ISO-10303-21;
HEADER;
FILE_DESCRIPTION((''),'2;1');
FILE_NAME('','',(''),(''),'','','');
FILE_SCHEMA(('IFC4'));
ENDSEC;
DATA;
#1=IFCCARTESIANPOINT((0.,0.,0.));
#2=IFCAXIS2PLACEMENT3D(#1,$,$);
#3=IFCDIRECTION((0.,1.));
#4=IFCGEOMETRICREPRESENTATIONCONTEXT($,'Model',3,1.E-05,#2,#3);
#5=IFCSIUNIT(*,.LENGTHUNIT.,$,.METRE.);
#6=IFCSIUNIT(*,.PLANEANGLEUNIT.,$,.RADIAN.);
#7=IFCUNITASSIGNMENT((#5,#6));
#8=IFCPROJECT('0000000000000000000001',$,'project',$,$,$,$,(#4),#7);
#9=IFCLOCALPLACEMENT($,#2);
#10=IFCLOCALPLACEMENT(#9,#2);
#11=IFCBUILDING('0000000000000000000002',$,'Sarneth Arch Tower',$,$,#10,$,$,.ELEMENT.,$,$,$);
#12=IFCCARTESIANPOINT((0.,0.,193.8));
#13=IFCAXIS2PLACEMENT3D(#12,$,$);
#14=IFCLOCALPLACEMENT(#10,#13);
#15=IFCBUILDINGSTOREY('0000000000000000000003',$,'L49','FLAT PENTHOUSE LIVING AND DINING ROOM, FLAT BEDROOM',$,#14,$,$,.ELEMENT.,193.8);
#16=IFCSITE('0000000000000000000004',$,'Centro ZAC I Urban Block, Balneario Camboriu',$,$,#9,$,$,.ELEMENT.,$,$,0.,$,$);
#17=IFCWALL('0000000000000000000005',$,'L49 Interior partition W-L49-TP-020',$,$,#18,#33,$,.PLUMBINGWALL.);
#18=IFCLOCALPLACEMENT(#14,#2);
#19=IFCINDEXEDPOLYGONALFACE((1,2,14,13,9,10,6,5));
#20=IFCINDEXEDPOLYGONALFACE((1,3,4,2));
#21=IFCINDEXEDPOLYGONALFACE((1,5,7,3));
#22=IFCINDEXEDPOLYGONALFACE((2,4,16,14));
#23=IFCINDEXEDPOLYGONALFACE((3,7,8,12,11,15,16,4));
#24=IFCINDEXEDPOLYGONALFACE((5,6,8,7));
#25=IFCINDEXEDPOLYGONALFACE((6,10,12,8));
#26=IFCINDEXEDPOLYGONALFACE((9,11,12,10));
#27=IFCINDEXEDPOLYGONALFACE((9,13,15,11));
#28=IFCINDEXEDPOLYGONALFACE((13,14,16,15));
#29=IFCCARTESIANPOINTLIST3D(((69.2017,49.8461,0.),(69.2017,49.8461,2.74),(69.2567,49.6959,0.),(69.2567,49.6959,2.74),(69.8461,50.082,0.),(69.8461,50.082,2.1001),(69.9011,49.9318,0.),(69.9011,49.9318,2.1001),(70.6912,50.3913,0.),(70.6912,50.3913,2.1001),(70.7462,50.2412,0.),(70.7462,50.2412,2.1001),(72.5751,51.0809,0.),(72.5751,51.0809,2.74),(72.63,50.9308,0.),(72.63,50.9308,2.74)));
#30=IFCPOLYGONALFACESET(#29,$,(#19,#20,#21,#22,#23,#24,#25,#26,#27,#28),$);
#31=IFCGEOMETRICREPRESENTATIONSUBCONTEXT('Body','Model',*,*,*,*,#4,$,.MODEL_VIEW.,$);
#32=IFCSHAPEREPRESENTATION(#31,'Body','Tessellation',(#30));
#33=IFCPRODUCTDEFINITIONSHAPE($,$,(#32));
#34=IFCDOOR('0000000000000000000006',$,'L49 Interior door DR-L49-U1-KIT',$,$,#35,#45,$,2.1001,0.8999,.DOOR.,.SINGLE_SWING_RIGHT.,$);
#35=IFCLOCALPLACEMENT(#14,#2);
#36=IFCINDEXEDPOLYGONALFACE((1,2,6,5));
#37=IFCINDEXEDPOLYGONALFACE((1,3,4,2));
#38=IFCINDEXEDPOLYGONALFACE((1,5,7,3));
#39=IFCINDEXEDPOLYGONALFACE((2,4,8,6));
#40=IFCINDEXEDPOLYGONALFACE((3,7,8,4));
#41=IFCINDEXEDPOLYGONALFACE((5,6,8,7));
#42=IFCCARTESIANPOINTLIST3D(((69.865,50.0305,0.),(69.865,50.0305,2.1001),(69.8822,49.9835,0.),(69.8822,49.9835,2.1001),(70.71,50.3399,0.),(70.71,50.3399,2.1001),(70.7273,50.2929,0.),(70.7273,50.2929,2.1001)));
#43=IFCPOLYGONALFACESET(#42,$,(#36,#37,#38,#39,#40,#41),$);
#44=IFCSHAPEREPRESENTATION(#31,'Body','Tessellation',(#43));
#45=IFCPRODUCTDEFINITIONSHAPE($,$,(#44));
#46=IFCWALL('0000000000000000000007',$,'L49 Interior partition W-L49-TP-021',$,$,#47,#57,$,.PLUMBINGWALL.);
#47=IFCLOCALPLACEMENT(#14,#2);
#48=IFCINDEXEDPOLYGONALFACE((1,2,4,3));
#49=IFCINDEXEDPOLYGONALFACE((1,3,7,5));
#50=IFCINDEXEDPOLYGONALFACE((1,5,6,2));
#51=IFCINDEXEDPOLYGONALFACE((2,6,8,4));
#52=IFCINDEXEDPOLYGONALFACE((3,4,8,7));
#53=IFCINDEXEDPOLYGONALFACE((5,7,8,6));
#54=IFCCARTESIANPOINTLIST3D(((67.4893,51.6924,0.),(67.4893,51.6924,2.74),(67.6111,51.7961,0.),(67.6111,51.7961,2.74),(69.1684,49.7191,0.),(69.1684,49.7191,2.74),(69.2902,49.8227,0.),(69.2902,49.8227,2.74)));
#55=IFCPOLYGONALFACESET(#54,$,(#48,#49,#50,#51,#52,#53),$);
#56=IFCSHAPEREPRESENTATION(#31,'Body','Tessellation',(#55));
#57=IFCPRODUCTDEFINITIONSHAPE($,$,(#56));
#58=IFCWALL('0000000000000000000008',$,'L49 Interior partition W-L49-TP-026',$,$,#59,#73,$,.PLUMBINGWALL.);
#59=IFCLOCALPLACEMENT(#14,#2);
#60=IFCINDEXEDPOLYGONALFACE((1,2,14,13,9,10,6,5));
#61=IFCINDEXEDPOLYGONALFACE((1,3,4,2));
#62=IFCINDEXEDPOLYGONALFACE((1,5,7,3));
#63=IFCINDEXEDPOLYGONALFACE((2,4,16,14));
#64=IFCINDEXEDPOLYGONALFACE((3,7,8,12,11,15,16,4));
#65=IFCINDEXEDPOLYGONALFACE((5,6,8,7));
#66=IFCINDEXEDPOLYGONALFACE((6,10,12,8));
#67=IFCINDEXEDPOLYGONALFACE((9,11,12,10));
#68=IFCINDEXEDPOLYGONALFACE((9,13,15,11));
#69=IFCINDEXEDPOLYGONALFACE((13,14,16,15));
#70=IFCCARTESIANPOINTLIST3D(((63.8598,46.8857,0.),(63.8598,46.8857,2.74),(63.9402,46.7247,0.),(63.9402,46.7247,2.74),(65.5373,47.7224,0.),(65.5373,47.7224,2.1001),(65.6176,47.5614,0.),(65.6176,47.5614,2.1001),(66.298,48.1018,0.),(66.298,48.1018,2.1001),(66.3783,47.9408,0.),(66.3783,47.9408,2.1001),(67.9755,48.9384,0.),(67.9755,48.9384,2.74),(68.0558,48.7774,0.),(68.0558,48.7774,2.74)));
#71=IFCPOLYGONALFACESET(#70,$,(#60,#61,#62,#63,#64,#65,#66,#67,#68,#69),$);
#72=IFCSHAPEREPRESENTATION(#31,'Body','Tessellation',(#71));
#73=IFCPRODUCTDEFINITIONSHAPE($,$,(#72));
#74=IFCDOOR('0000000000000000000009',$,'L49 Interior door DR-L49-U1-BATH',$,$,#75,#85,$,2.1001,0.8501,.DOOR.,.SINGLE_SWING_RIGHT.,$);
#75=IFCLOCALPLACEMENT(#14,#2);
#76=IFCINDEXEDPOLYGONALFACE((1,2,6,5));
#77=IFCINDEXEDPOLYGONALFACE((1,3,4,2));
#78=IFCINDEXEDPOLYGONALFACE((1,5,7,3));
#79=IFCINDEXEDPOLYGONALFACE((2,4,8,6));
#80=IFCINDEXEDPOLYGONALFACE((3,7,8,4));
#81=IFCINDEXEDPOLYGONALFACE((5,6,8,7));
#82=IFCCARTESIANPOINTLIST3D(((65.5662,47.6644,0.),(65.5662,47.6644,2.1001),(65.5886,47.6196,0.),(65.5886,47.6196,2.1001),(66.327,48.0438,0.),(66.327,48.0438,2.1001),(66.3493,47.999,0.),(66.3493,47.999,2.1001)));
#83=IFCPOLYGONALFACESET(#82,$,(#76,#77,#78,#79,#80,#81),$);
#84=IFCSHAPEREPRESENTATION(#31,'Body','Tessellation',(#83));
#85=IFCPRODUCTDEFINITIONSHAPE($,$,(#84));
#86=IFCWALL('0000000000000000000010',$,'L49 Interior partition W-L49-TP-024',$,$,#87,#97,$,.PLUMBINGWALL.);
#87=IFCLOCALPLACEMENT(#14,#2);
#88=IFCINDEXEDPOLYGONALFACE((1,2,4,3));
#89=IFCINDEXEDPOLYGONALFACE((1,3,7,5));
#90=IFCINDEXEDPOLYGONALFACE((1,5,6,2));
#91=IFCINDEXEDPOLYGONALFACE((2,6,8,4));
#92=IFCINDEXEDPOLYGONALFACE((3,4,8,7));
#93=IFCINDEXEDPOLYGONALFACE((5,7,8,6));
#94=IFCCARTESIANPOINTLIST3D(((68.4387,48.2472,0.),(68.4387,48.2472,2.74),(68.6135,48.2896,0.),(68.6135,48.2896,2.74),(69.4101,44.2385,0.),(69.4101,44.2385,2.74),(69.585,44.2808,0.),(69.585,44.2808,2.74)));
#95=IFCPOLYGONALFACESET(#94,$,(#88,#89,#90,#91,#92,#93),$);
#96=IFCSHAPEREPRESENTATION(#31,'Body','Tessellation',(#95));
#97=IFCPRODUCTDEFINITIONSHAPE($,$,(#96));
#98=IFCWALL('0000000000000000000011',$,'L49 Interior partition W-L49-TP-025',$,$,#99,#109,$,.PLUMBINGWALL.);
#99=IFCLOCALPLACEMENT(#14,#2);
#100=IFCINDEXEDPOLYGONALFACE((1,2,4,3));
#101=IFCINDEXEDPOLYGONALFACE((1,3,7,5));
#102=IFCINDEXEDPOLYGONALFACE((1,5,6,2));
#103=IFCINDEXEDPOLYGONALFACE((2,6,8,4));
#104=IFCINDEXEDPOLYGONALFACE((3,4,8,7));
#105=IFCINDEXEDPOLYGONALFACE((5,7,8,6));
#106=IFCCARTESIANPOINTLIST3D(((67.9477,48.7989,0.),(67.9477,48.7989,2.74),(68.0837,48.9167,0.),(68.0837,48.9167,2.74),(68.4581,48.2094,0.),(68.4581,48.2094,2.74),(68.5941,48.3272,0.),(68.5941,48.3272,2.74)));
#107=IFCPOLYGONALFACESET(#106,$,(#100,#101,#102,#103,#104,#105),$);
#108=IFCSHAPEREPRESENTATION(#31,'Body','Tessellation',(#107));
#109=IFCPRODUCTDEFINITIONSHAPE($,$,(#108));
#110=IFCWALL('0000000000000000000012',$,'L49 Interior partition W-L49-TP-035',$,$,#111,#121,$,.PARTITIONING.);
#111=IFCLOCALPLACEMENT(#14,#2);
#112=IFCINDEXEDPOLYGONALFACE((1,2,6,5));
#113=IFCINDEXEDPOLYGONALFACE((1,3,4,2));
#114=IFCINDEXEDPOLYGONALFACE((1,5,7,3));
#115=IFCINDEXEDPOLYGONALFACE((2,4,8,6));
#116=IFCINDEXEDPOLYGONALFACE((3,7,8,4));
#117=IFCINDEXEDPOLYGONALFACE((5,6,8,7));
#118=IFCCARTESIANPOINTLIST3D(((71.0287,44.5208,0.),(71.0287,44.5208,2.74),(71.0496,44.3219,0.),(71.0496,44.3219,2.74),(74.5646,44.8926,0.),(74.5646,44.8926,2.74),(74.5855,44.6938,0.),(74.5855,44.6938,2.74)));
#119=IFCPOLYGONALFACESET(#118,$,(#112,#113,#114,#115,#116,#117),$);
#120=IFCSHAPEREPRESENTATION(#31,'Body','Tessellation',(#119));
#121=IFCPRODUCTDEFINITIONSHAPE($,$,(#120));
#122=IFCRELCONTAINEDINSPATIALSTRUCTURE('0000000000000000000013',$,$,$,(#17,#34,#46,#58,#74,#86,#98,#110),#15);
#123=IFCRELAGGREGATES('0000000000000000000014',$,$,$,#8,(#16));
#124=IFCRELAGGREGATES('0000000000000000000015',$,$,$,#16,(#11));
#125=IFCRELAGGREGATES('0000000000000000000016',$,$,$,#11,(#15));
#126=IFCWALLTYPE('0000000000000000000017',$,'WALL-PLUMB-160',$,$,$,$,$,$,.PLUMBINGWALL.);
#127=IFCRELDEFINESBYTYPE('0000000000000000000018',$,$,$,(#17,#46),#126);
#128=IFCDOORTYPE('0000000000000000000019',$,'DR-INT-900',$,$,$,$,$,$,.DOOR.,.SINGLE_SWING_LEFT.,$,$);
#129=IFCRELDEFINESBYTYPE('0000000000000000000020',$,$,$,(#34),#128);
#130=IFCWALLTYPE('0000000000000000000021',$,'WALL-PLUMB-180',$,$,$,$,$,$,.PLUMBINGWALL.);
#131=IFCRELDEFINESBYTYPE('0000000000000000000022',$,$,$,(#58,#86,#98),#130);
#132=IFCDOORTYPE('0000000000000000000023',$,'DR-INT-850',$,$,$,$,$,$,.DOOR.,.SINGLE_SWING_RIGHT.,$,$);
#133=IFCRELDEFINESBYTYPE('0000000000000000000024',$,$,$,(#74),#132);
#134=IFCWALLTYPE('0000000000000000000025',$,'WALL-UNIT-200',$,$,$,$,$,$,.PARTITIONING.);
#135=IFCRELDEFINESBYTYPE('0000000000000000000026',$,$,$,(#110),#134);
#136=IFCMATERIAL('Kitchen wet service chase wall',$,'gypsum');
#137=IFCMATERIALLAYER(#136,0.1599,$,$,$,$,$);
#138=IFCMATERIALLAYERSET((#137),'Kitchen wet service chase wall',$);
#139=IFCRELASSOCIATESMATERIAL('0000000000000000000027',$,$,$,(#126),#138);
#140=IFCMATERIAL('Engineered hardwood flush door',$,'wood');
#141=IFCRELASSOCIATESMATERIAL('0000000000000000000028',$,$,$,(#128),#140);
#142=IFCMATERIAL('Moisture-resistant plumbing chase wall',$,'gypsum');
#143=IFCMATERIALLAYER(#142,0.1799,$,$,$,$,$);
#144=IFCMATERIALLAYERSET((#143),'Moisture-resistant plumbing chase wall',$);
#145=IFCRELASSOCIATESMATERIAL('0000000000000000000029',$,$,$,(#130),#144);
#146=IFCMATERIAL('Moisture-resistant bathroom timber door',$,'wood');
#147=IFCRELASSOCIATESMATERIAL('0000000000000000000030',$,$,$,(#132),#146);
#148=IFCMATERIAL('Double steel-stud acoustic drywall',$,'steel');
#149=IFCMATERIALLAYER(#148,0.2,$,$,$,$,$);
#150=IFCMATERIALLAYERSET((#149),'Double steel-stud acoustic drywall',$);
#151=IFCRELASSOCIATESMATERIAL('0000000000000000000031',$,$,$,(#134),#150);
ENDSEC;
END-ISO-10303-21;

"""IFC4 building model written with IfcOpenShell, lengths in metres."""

from ifc_helpers import new_model, si_unit, direction, frame, frame_2d, origin, place, context, subcontext, project, spatial, rectangle, extrude, material, layer, layer_set, type_object, element, fill, save


model = new_model("IFC4")

# Units and contexts
model_context = context("Model", 3, precision=1e-05, world=origin(), true_north=direction((0.0, 1.0)))
body_context = subcontext(model_context, "Body", "Model", "MODEL_VIEW")
ifc_project = project(units=[si_unit("LENGTHUNIT", "METRE"), si_unit("PLANEANGLEUNIT", "RADIAN")], contexts=[model_context])

# Site, building, storey
site_placement = place(None, origin())
site = spatial("IfcSite", under=ifc_project, at=site_placement, Name="Centro ZAC I Urban Block, Balneario Camboriu", CompositionType="ELEMENT", RefElevation=0.0)
building_placement = place(site_placement, origin())
building = spatial("IfcBuilding", under=site, at=building_placement, Name="Sarneth Arch Tower", CompositionType="ELEMENT")
storey_placement = place(building_placement, frame((0.0, 0.0, 193.8)))
storey = spatial("IfcBuildingStorey", under=building, at=storey_placement, Name="L49", Description="FLAT PENTHOUSE LIVING AND DINING ROOM, FLAT BEDROOM", CompositionType="ELEMENT", Elevation=193.8)

# Wall, opening, door
ifc_material_1 = material(Name="Kitchen wet service chase wall", Category="gypsum")
ifc_layer_1 = layer(ifc_material_1, 0.1599)
ifc_layer_set_1 = layer_set([ifc_layer_1], Name="Kitchen wet service chase wall")
wall_type_1 = type_object("IfcWallType", Name="WALL-PLUMB-160", PredefinedType="PLUMBINGWALL", material=ifc_layer_set_1)
wall_1_placement = place(storey_placement, frame((72.6025, 51.0059, 0.0), z_axis=(0.0, 0.0, 1.0), x_axis=(-0.939057, -0.343761, 0.0)))
wall_1 = element("IfcWall", 1, at=wall_1_placement, inside=storey, type_object=wall_type_1, Name="L49 Interior partition W-L49-TP-020", PredefinedType="PLUMBINGWALL", context=body_context, shape_type="SweptSolid", body=[
    extrude(rectangle(XDim=3.5923, YDim=0.1599, at=frame_2d((1.7961, 0.0))), origin(), (0.0, 0.0, 1.0), 2.74),
])
opening_1_placement = place(wall_1_placement, frame((2.0061, 0.0, 0.0)))
opening_1 = element("IfcOpeningElement", 2, at=opening_1_placement, cuts=wall_1, PredefinedType="OPENING", context=body_context, shape_type="SweptSolid", body=[
    extrude(rectangle(XDim=0.8999, YDim=2.1001, at=frame_2d((0.45, 1.05))), frame((0.0, 0.0898, 0.0), z_axis=(0.0, -1.0, 0.0), x_axis=(1.0, 0.0, 0.0)), (0.0, 0.0, 1.0), 0.1799),
])
ifc_material_2 = material(Name="Engineered hardwood flush door", Category="wood")
door_type_1 = type_object("IfcDoorType", Name="DR-INT-900", OperationType="SINGLE_SWING_LEFT", PredefinedType="DOOR", material=ifc_material_2)
door_1_placement = place(opening_1_placement, origin())
door_1 = element("IfcDoor", 3, at=door_1_placement, inside=storey, type_object=door_type_1, Name="L49 Interior door DR-L49-U1-KIT", OperationType="SINGLE_SWING_RIGHT", OverallHeight=2.1001, OverallWidth=0.8999, PredefinedType="DOOR", context=body_context, shape_type="SweptSolid", body=[
    extrude(rectangle(XDim=0.8999, YDim=2.1001, at=frame_2d((0.45, 1.05))), frame((0.0, 0.0249, 0.0), z_axis=(0.0, -1.0, 0.0), x_axis=(1.0, 0.0, 0.0)), (0.0, 0.0, 1.0), 0.05),
])
fill(opening_1, door_1)

# Wall
wall_2_placement = place(storey_placement, frame((69.2292, 49.771, 0.0), z_axis=(0.0, 0.0, 1.0), x_axis=(-0.648056, 0.761593, 0.0)))
element("IfcWall", 4, at=wall_2_placement, inside=storey, type_object=wall_type_1, Name="L49 Interior partition W-L49-TP-021", PredefinedType="PLUMBINGWALL", context=body_context, shape_type="SweptSolid", body=[
    extrude(rectangle(XDim=2.5911, YDim=0.1599, at=frame_2d((1.2954, 0.0))), origin(), (0.0, 0.0, 1.0), 2.74),
])

# Wall, opening, door
ifc_material_3 = material(Name="Moisture-resistant plumbing chase wall", Category="gypsum")
ifc_layer_2 = layer(ifc_material_3, 0.1799)
ifc_layer_set_2 = layer_set([ifc_layer_2], Name="Moisture-resistant plumbing chase wall")
wall_type_2 = type_object("IfcWallType", Name="WALL-PLUMB-180", PredefinedType="PLUMBINGWALL", material=ifc_layer_set_2)
wall_3_placement = place(storey_placement, frame((68.0156, 48.8579, 0.0), z_axis=(0.0, 0.0, 1.0), x_axis=(-0.894873, -0.446322, 0.0)))
wall_3 = element("IfcWall", 5, at=wall_3_placement, inside=storey, type_object=wall_type_2, Name="L49 Interior partition W-L49-TP-026", PredefinedType="PLUMBINGWALL", context=body_context, shape_type="SweptSolid", body=[
    extrude(rectangle(XDim=4.5991, YDim=0.1799, at=frame_2d((2.2996, 0.0))), origin(), (0.0, 0.0, 1.0), 2.74),
])
opening_2_placement = place(wall_3_placement, frame((1.8745, 0.0, 0.0)))
opening_2 = element("IfcOpeningElement", 6, at=opening_2_placement, cuts=wall_3, PredefinedType="OPENING", context=body_context, shape_type="SweptSolid", body=[
    extrude(rectangle(XDim=0.8501, YDim=2.1001, at=frame_2d((0.425, 1.05))), frame((0.0, 0.0999, 0.0), z_axis=(0.0, -1.0, 0.0), x_axis=(1.0, 0.0, 0.0)), (0.0, 0.0, 1.0), 0.2),
])
ifc_material_4 = material(Name="Moisture-resistant bathroom timber door", Category="wood")
door_type_2 = type_object("IfcDoorType", Name="DR-INT-850", OperationType="SINGLE_SWING_RIGHT", PredefinedType="DOOR", material=ifc_material_4)
door_2_placement = place(opening_2_placement, origin())
door_2 = element("IfcDoor", 7, at=door_2_placement, inside=storey, type_object=door_type_2, Name="L49 Interior door DR-L49-U1-BATH", OperationType="SINGLE_SWING_RIGHT", OverallHeight=2.1001, OverallWidth=0.8501, PredefinedType="DOOR", context=body_context, shape_type="SweptSolid", body=[
    extrude(rectangle(XDim=0.8501, YDim=2.1001, at=frame_2d((0.425, 1.05))), frame((0.0, 0.0249, 0.0), z_axis=(0.0, -1.0, 0.0), x_axis=(1.0, 0.0, 0.0)), (0.0, 0.0, 1.0), 0.05),
])
fill(opening_2, door_2)

# Walls
wall_4_placement = place(storey_placement, frame((69.4976, 44.2595, 0.0), z_axis=(0.0, 0.0, 1.0), x_axis=(-0.23551, 0.971872, 0.0)))
element("IfcWall", 8, at=wall_4_placement, inside=storey, type_object=wall_type_2, Name="L49 Interior partition W-L49-TP-024", PredefinedType="PLUMBINGWALL", context=body_context, shape_type="SweptSolid", body=[
    extrude(rectangle(XDim=4.1248, YDim=0.1799, at=frame_2d((2.0625, 0.0))), origin(), (0.0, 0.0, 1.0), 2.74),
])
wall_5_placement = place(storey_placement, frame((68.5261, 48.2683, 0.0), z_axis=(0.0, 0.0, 1.0), x_axis=(-0.654573, 0.755999, 0.0)))
element("IfcWall", 9, at=wall_5_placement, inside=storey, type_object=wall_type_2, Name="L49 Interior partition W-L49-TP-025", PredefinedType="PLUMBINGWALL", context=body_context, shape_type="SweptSolid", body=[
    extrude(rectangle(XDim=0.7798, YDim=0.1799, at=frame_2d((0.3899, 0.0))), origin(), (0.0, 0.0, 1.0), 2.74),
])
ifc_material_5 = material(Name="Double steel-stud acoustic drywall", Category="steel")
ifc_layer_3 = layer(ifc_material_5, 0.2)
ifc_layer_set_3 = layer_set([ifc_layer_3], Name="Double steel-stud acoustic drywall")
wall_type_3 = type_object("IfcWallType", Name="WALL-UNIT-200", PredefinedType="PARTITIONING", material=ifc_layer_set_3)
wall_6_placement = place(storey_placement, frame((74.5752, 44.7932, 0.0), z_axis=(0.0, 0.0, 1.0), x_axis=(-0.994516, -0.104581, 0.0)))
element("IfcWall", 10, at=wall_6_placement, inside=storey, type_object=wall_type_3, Name="L49 Interior partition W-L49-TP-035", PredefinedType="PARTITIONING", context=body_context, shape_type="SweptSolid", body=[
    extrude(rectangle(XDim=3.5554, YDim=0.2, at=frame_2d((1.7778, 0.0))), origin(), (0.0, 0.0, 1.0), 2.74),
])

save(model, "model.ifc")
